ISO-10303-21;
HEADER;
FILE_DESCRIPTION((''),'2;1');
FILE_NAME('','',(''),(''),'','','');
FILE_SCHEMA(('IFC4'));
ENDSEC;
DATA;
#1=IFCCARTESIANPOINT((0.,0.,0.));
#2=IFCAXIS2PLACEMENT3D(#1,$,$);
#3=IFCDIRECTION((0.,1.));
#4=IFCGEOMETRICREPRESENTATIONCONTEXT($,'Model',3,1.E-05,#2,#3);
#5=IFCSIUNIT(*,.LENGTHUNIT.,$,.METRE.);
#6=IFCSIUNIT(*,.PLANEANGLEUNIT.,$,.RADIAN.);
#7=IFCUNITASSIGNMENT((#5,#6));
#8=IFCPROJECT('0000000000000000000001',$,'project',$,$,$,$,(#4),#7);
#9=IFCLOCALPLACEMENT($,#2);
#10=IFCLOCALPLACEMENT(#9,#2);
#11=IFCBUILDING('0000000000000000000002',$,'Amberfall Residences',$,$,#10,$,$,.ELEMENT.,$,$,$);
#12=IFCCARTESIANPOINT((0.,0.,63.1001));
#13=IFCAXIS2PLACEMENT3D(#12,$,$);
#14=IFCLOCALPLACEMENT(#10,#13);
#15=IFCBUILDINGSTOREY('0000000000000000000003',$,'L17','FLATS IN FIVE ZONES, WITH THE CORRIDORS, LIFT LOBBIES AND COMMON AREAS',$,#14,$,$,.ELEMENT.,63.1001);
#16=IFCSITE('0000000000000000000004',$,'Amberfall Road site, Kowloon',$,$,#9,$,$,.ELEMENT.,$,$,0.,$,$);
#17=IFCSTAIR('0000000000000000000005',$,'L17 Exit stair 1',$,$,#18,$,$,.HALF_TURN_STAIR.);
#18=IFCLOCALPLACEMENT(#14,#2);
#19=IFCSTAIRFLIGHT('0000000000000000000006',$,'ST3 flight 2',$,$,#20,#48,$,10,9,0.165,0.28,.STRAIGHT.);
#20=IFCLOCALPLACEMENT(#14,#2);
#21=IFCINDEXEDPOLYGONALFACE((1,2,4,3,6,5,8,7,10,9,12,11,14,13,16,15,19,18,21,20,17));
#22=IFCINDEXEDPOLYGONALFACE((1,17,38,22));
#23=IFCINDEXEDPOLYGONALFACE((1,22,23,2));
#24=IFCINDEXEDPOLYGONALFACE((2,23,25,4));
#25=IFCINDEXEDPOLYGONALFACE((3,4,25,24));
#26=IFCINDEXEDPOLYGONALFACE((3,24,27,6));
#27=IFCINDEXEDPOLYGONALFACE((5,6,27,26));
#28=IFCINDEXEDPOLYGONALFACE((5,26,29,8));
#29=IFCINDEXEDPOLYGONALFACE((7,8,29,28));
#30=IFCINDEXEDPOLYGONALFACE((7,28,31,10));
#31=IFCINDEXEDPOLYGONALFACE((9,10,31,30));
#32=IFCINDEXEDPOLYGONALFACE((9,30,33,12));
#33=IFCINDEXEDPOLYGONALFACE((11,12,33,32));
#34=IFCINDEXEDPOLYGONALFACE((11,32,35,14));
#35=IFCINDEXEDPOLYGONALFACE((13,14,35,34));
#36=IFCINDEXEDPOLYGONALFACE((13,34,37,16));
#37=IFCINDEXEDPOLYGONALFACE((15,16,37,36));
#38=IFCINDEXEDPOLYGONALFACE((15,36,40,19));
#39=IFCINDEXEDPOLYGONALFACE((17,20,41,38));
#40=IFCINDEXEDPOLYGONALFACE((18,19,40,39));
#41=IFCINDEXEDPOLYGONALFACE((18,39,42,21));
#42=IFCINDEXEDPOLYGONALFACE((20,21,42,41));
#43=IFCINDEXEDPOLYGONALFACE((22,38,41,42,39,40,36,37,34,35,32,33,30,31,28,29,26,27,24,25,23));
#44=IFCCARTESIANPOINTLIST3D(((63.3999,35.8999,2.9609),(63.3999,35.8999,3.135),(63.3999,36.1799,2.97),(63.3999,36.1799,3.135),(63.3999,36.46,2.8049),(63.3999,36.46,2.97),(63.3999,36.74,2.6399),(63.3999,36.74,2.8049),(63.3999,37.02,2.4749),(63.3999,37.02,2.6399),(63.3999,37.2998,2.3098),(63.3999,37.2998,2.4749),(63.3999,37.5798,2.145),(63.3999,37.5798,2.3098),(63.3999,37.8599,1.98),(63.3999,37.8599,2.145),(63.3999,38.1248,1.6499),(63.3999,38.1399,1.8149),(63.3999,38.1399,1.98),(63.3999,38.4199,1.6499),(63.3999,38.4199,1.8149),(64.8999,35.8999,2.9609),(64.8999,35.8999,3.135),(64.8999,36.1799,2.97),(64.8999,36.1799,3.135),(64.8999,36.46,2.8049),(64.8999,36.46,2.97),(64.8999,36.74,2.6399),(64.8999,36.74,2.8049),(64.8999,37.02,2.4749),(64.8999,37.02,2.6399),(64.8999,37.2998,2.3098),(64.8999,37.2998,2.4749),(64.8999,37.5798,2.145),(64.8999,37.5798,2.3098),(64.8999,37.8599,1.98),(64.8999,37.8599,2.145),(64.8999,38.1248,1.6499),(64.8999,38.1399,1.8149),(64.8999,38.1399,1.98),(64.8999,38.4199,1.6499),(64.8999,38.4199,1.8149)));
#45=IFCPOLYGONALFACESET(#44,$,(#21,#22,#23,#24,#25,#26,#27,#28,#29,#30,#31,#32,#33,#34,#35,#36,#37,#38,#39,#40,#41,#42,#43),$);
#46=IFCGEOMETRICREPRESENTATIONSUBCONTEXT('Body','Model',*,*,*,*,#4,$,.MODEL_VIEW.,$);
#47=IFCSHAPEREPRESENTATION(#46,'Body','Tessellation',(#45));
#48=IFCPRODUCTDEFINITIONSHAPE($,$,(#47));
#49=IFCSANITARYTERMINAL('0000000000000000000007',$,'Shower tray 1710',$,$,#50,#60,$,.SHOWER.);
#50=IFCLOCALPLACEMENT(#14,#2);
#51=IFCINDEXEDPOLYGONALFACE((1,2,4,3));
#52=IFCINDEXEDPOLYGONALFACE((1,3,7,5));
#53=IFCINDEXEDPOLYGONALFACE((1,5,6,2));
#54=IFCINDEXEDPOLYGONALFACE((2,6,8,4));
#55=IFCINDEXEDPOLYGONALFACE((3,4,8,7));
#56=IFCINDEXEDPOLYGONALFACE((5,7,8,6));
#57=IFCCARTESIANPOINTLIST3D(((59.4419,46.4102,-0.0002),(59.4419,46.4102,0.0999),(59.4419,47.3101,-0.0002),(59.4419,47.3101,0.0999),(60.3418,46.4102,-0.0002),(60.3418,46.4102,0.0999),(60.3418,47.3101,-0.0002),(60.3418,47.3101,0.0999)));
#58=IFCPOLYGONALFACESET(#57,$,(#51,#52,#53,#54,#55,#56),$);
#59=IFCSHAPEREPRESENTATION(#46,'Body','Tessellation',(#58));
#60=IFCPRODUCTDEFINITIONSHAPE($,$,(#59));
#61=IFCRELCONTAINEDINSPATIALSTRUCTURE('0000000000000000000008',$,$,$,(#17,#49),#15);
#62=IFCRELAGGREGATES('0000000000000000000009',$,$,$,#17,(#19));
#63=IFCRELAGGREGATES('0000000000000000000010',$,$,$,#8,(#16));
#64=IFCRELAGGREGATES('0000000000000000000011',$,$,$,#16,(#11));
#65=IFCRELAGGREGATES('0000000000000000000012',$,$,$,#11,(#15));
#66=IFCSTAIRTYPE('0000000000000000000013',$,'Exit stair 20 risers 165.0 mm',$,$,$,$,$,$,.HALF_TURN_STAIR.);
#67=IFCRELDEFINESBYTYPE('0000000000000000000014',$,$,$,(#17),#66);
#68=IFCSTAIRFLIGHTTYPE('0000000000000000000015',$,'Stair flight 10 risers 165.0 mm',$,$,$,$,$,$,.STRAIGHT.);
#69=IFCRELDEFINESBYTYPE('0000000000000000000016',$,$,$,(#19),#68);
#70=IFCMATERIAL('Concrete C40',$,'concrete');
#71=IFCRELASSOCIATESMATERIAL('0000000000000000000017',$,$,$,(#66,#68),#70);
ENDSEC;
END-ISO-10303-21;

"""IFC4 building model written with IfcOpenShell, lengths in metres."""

from ifc_helpers import new_model, si_unit, direction, frame, origin, origin_2d, place, context, subcontext, project, spatial, polyline, rectangle, outline, extrude, material, type_object, element, aggregate, save


model = new_model("IFC4")

# Units and contexts
model_context = context("Model", 3, precision=1e-05, world=origin(), true_north=direction((0.0, 1.0)))
body_context = subcontext(model_context, "Body", "Model", "MODEL_VIEW")
ifc_project = project(units=[si_unit("LENGTHUNIT", "METRE"), si_unit("PLANEANGLEUNIT", "RADIAN")], contexts=[model_context])

# Site, building, storey
site_placement = place(None, origin())
site = spatial("IfcSite", under=ifc_project, at=site_placement, Name="Amberfall Road site, Kowloon", CompositionType="ELEMENT", RefElevation=0.0)
building_placement = place(site_placement, origin())
building = spatial("IfcBuilding", under=site, at=building_placement, Name="Amberfall Residences", CompositionType="ELEMENT")
storey_placement = place(building_placement, frame((0.0, 0.0, 63.1001)))
storey = spatial("IfcBuildingStorey", under=building, at=storey_placement, Name="L17", Description="FLATS IN FIVE ZONES, WITH THE CORRIDORS, LIFT LOBBIES AND COMMON AREAS", CompositionType="ELEMENT", Elevation=63.1001)

# Stair, stair flight
ifc_material_1 = material(Name="Concrete C40", Category="concrete")
stair_type = type_object("IfcStairType", Name="Exit stair 20 risers 165.0 mm", PredefinedType="HALF_TURN_STAIR", material=ifc_material_1)
stair_placement = place(storey_placement, origin())
stair = element("IfcStair", 1, at=stair_placement, inside=storey, type_object=stair_type, Name="L17 Exit stair 1", PredefinedType="HALF_TURN_STAIR")
stair_flight_type = type_object("IfcStairFlightType", Name="Stair flight 10 risers 165.0 mm", PredefinedType="STRAIGHT", material=ifc_material_1)
stair_flight_placement = place(storey_placement, frame((64.1499, 38.4199, 1.6499), z_axis=(0.0, 0.0, 1.0), x_axis=(0.0, -1.0, 0.0)))
stair_flight = element("IfcStairFlight", 2, at=stair_flight_placement, type_object=stair_flight_type, Name="ST3 flight 2", NumberOfRisers=10, NumberOfTreads=9, PredefinedType="STRAIGHT", RiserHeight=0.165, TreadLength=0.28, context=body_context, shape_type="SweptSolid", body=[
    extrude(outline(polyline([(0.0, 0.0), (0.0, 0.165), (0.28, 0.165), (0.28, 0.3301), (0.5601, 0.3301), (0.5601, 0.4951), (0.8401, 0.4951), (0.8401, 0.6599), (1.1201, 0.6599), (1.1201, 0.825), (1.3999, 0.825), (1.3999, 0.99), (1.6799, 0.99), (1.6799, 1.155), (1.96, 1.155), (1.96, 1.3201), (2.24, 1.3201), (2.24, 1.4851), (2.52, 1.4851), (2.52, 1.6499), (2.52, 1.311), (0.2952, 0.0), (0.0, 0.0)])), frame((0.0, 0.75, 0.0), z_axis=(0.0, -1.0, 0.0), x_axis=(1.0, 0.0, 0.0)), (0.0, 0.0, 1.0), 1.5),
])
aggregate(stair, [stair_flight])

# Sanitary terminal
sanitary_terminal_placement = place(storey_placement, frame((59.8918, 46.8601, -0.0002), z_axis=(0.0, 0.0, 1.0), x_axis=(1.0, 0.0, 0.0)))
element("IfcSanitaryTerminal", 3, at=sanitary_terminal_placement, inside=storey, Name="Shower tray 1710", PredefinedType="SHOWER", context=body_context, shape_type="SweptSolid", body=[
    extrude(rectangle(XDim=0.8999, YDim=0.8999, at=origin_2d()), origin(), (0.0, 0.0, 1.0), 0.1001),
])

save(model, "model.ifc")
